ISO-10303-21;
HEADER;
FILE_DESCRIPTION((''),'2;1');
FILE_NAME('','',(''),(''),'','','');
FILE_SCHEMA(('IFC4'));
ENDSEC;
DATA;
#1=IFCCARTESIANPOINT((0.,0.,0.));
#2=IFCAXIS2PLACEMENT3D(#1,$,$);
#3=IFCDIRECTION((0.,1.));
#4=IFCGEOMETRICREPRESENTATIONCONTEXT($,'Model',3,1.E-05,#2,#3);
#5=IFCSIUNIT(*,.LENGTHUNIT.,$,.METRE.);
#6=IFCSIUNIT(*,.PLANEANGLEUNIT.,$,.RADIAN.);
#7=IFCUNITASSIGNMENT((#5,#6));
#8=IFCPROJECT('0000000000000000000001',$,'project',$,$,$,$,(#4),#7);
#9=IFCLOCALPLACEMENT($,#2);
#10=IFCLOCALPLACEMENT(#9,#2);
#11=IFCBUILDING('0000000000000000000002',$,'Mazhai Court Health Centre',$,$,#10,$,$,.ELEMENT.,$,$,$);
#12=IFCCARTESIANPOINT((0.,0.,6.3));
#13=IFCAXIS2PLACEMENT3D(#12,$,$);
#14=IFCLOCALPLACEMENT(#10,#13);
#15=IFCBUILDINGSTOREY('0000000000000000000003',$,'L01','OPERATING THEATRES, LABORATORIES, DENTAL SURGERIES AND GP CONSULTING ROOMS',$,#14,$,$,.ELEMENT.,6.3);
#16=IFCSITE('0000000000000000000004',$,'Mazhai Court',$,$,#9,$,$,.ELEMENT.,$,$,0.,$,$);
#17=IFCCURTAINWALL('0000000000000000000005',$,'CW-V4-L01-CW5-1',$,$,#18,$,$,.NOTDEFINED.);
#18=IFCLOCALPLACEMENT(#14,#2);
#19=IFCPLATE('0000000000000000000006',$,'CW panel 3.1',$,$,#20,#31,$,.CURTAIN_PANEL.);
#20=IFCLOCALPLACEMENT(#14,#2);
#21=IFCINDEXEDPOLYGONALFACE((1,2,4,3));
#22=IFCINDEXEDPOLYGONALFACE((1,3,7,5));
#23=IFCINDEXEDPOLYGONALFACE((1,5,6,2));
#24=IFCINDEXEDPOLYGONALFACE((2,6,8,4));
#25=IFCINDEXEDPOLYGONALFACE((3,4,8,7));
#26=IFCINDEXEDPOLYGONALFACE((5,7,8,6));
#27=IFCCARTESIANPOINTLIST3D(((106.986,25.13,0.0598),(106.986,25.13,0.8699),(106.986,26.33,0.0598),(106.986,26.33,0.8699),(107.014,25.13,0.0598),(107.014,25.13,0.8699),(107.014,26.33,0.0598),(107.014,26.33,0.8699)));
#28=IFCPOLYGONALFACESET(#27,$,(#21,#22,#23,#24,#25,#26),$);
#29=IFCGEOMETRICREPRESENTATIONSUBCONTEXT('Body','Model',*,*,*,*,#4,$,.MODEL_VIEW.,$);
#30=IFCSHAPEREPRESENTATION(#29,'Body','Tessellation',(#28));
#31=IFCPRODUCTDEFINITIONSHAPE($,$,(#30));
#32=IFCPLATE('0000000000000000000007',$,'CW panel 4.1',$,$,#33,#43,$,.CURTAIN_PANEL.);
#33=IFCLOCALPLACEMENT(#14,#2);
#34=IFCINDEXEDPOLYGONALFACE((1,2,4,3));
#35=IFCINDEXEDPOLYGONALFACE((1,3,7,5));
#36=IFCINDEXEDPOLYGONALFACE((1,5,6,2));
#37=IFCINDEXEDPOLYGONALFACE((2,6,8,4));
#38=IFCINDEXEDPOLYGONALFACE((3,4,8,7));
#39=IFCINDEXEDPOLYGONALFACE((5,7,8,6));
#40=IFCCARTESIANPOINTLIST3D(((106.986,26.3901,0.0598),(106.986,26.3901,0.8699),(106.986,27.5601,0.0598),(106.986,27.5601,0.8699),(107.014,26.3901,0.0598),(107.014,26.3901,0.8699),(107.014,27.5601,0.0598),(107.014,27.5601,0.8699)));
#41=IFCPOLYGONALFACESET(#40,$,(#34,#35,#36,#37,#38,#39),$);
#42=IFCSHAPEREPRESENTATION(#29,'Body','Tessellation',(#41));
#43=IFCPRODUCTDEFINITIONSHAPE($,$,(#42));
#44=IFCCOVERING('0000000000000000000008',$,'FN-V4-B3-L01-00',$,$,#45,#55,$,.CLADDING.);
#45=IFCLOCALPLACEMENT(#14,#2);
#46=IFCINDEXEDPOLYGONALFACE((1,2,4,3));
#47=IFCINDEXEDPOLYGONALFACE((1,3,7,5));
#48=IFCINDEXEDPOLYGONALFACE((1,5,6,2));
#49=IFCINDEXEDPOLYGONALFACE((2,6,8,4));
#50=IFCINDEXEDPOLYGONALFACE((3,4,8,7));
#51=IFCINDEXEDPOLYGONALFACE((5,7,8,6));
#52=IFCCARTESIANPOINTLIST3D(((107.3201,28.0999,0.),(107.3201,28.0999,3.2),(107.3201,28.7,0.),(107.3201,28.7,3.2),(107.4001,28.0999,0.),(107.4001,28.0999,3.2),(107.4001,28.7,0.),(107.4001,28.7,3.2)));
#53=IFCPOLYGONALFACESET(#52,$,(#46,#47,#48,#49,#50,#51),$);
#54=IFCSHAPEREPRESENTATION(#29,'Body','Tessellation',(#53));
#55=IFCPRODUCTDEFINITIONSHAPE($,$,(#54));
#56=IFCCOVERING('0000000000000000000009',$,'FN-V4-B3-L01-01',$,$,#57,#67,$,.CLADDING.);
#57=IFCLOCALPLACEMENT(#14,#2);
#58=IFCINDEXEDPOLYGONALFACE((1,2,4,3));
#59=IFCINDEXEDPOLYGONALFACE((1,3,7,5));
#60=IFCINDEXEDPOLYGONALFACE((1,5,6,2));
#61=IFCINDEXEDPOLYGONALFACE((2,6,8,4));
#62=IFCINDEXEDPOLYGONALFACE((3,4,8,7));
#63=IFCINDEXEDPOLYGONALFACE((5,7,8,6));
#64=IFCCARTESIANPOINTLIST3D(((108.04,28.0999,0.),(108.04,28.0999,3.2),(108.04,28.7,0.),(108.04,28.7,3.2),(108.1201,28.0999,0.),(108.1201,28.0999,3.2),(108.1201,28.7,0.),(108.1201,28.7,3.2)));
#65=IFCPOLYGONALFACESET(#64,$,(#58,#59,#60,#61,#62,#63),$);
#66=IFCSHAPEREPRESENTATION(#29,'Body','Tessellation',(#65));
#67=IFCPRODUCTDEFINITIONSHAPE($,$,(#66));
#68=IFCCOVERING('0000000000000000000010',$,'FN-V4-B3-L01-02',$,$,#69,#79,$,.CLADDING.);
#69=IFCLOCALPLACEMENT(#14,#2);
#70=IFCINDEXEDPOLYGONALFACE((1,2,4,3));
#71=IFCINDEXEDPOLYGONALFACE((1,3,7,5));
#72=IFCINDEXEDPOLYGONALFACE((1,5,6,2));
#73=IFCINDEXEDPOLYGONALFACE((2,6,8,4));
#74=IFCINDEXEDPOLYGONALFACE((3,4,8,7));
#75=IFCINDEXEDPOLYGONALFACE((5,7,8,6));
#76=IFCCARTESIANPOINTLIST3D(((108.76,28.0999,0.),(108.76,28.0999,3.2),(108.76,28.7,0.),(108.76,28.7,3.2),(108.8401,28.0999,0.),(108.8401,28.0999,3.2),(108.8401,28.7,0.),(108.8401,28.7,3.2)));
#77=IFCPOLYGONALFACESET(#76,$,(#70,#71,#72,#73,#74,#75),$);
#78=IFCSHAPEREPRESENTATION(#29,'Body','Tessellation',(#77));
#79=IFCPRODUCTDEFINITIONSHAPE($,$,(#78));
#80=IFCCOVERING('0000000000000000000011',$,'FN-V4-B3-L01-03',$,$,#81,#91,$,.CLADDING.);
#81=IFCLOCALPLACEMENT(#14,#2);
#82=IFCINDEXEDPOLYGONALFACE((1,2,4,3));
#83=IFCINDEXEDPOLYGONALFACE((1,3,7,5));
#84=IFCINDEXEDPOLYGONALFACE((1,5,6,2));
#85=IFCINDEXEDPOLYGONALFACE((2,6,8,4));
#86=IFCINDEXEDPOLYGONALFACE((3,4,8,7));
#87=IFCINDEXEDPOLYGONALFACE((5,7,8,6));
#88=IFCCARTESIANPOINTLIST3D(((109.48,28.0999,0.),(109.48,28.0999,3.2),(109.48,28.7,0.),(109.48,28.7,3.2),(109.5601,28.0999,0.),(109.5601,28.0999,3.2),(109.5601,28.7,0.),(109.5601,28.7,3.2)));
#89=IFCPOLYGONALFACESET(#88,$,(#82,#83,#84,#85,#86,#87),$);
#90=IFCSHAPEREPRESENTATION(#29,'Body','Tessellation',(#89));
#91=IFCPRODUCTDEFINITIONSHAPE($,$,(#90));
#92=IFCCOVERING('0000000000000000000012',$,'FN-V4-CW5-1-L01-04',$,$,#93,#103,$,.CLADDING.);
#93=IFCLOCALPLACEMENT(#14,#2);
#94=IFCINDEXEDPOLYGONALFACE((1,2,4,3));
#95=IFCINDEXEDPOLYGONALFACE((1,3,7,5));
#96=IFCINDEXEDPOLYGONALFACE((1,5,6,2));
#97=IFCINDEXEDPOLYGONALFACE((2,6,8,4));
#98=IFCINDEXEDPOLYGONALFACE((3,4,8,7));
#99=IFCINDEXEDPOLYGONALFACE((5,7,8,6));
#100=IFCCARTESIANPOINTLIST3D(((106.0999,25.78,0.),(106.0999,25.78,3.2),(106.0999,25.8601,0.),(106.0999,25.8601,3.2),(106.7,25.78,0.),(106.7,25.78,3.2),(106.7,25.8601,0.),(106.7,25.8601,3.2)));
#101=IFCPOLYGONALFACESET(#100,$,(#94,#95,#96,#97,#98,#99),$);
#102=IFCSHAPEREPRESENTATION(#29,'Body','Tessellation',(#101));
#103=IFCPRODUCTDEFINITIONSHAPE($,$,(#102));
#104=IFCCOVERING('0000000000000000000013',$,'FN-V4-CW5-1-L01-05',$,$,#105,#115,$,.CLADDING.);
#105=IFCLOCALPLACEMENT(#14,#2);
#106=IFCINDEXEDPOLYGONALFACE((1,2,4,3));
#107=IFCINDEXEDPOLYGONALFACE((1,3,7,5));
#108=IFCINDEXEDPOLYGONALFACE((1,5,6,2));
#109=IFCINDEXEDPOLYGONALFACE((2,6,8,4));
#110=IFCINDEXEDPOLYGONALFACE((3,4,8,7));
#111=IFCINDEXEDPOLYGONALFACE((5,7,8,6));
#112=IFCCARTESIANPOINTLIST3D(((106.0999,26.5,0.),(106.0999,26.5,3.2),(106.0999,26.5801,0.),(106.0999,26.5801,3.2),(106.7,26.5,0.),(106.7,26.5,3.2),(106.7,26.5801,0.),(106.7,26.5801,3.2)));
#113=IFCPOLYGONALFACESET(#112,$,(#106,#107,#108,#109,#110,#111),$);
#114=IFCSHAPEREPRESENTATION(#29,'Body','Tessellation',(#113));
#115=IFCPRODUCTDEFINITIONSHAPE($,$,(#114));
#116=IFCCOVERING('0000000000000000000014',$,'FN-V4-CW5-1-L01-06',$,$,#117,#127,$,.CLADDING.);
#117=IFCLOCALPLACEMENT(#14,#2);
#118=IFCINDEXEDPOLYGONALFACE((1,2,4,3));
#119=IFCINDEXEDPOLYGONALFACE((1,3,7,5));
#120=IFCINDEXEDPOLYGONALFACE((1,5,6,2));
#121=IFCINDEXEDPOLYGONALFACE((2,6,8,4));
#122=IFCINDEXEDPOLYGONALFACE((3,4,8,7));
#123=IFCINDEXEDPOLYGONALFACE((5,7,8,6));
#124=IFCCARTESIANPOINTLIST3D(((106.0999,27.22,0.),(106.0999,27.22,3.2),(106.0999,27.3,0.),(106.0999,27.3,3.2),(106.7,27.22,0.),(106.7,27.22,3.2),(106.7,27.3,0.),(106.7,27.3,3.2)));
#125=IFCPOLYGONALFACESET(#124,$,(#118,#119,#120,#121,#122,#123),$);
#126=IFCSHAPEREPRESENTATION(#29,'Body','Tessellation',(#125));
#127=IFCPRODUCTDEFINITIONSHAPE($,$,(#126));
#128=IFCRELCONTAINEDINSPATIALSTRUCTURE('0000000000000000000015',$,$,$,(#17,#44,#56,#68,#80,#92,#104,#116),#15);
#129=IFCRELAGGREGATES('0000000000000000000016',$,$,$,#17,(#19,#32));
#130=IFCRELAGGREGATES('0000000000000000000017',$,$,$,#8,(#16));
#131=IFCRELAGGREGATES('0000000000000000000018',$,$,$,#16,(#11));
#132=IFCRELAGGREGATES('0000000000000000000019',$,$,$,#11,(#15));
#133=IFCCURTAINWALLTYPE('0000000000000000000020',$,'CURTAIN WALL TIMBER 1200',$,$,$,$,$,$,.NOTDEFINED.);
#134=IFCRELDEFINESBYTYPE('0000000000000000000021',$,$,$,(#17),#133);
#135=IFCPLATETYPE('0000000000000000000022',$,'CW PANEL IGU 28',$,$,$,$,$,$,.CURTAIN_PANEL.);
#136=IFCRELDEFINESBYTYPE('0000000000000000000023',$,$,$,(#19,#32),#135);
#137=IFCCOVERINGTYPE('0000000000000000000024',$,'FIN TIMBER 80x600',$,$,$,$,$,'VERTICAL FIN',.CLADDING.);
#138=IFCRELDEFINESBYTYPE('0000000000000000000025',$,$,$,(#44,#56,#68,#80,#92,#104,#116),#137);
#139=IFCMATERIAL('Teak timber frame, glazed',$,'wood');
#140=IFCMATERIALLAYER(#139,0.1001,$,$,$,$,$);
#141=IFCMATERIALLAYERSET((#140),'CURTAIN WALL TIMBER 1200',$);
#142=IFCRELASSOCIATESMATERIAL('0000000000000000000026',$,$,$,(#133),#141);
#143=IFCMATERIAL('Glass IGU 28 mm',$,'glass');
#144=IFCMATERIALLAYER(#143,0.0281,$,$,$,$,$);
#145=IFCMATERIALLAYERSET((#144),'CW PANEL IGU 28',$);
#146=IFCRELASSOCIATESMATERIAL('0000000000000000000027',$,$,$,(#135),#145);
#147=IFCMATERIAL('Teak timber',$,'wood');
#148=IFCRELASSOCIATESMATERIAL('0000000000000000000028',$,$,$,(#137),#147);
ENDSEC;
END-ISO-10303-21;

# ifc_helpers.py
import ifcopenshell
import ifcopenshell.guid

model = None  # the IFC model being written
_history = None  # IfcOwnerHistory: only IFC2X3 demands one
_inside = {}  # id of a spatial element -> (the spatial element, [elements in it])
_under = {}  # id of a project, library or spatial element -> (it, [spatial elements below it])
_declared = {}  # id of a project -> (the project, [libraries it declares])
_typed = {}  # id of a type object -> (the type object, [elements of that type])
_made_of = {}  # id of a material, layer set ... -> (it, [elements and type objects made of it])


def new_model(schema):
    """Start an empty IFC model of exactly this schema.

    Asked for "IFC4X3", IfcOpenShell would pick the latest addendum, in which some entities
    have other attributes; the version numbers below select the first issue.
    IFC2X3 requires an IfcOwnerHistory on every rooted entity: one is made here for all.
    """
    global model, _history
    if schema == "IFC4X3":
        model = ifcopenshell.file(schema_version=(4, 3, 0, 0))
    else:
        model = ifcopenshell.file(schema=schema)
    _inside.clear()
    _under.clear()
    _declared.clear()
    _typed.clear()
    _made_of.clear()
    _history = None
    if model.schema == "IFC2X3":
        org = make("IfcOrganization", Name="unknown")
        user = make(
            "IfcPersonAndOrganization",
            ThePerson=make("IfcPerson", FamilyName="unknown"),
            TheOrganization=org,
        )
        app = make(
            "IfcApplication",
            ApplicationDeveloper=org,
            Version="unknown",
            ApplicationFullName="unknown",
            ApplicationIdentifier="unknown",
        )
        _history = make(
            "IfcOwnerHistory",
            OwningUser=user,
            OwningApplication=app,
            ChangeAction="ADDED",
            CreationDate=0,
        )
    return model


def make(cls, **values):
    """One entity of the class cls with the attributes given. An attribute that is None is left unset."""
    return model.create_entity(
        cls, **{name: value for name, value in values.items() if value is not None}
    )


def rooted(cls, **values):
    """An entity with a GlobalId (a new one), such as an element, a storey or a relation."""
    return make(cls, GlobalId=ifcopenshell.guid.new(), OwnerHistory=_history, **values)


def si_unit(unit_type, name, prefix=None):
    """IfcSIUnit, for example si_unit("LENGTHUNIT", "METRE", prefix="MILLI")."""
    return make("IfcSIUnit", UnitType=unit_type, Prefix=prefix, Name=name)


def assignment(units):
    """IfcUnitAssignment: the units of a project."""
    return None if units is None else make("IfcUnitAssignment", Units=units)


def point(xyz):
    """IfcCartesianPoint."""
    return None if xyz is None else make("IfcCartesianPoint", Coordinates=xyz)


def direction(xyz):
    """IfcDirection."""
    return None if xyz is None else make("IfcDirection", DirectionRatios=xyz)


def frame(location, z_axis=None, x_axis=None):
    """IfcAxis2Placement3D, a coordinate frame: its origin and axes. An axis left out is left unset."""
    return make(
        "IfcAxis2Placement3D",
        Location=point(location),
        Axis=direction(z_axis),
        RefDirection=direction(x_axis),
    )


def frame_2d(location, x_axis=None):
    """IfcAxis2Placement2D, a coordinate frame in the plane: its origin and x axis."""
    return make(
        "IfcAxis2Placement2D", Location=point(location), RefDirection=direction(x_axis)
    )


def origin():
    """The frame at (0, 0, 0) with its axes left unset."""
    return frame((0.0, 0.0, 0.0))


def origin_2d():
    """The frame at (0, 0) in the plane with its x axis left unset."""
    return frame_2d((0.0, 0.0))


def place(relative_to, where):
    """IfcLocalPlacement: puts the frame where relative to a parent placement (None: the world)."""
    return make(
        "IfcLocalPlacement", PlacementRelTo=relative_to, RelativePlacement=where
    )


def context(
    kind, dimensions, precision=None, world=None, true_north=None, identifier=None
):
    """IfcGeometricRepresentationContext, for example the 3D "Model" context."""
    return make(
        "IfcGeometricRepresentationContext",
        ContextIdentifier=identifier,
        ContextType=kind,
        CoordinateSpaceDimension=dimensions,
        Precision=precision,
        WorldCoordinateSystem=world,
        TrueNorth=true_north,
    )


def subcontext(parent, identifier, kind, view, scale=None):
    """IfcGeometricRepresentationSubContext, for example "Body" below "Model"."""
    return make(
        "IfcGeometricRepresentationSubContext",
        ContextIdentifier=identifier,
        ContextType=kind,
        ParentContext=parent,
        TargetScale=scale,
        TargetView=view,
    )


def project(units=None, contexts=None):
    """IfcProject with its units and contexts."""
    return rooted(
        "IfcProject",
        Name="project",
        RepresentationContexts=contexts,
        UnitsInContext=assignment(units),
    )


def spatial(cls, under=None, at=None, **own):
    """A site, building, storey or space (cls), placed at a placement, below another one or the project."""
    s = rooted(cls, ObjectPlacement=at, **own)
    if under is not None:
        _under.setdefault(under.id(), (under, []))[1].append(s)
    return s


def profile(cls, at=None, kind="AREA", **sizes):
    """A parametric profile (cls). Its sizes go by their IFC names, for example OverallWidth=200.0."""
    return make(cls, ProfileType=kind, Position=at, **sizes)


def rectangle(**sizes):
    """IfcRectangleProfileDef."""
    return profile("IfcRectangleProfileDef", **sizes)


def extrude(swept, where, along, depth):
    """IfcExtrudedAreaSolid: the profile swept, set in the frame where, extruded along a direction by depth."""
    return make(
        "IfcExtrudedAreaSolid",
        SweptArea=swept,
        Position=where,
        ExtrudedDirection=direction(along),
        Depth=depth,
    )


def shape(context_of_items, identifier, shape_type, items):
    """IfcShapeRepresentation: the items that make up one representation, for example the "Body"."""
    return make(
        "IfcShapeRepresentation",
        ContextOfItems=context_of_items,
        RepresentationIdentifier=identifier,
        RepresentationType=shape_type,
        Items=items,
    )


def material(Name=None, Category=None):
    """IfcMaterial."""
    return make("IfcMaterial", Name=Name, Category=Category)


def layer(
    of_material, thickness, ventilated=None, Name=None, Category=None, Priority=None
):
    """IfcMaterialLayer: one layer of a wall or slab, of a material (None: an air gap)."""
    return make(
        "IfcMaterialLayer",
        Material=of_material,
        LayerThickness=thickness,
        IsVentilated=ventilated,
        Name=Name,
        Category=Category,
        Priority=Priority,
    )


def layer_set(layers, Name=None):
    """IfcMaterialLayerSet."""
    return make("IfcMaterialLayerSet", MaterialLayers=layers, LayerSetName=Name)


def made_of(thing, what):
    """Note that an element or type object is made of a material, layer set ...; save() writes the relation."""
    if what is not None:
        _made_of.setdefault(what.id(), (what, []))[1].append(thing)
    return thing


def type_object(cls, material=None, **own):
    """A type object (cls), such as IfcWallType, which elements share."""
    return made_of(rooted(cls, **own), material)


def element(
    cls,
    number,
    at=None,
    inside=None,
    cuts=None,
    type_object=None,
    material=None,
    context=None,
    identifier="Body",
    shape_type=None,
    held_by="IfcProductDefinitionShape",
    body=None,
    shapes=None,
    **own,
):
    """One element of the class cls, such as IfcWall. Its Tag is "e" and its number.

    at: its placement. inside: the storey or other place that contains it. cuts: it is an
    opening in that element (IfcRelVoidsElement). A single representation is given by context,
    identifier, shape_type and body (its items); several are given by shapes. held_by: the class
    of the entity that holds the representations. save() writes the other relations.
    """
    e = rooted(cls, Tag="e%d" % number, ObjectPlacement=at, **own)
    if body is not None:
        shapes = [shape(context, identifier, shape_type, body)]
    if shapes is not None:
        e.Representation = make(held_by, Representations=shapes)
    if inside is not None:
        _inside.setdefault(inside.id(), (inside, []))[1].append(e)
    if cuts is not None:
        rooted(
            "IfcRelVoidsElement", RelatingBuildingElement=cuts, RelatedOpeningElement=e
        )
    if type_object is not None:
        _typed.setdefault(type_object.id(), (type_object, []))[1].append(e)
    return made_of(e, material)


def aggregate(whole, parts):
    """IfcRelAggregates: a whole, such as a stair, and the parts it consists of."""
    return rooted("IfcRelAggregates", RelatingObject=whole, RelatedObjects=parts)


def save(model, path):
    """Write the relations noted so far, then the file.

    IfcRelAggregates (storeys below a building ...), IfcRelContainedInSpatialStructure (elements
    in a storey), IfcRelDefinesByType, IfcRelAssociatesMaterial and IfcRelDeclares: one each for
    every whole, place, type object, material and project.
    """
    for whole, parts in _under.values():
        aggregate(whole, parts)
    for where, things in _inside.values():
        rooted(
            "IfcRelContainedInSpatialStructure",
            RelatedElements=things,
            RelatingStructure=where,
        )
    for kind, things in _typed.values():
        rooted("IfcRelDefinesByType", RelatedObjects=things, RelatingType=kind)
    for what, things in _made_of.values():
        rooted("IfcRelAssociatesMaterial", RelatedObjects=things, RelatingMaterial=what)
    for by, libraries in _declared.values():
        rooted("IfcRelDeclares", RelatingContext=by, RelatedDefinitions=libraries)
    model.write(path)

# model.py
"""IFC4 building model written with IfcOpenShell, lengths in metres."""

from ifc_helpers import new_model, si_unit, direction, frame, origin, origin_2d, place, context, subcontext, project, spatial, rectangle, extrude, material, layer, layer_set, type_object, element, aggregate, save


model = new_model("IFC4")

# Units and contexts
model_context = context("Model", 3, precision=1e-05, world=origin(), true_north=direction((0.0, 1.0)))
body_context = subcontext(model_context, "Body", "Model", "MODEL_VIEW")
ifc_project = project(units=[si_unit("LENGTHUNIT", "METRE"), si_unit("PLANEANGLEUNIT", "RADIAN")], contexts=[model_context])

# Site, building, storey
site_placement = place(None, origin())
site = spatial("IfcSite", under=ifc_project, at=site_placement, Name="Mazhai Court", CompositionType="ELEMENT", RefElevation=0.0)
building_placement = place(site_placement, origin())
building = spatial("IfcBuilding", under=site, at=building_placement, Name="Mazhai Court Health Centre", CompositionType="ELEMENT")
storey_placement = place(building_placement, frame((0.0, 0.0, 6.3)))
storey = spatial("IfcBuildingStorey", under=building, at=storey_placement, Name="L01", Description="OPERATING THEATRES, LABORATORIES, DENTAL SURGERIES AND GP CONSULTING ROOMS", CompositionType="ELEMENT", Elevation=6.3)

# Curtain wall
ifc_material_1 = material(Name="Teak timber frame, glazed", Category="wood")
ifc_layer_1 = layer(ifc_material_1, 0.1001)
ifc_layer_set_1 = layer_set([ifc_layer_1], Name="CURTAIN WALL TIMBER 1200")
curtain_wall_type = type_object("IfcCurtainWallType", Name="CURTAIN WALL TIMBER 1200", PredefinedType="NOTDEFINED", material=ifc_layer_set_1)
curtain_wall_1_placement = place(storey_placement, origin())
curtain_wall_1 = element("IfcCurtainWall", 1, at=curtain_wall_1_placement, inside=storey, type_object=curtain_wall_type, Name="CW-V4-L01-CW5-1", PredefinedType="NOTDEFINED")

# Plates
ifc_material_2 = material(Name="Glass IGU 28 mm", Category="glass")
ifc_layer_2 = layer(ifc_material_2, 0.0281)
ifc_layer_set_2 = layer_set([ifc_layer_2], Name="CW PANEL IGU 28")
plate_type = type_object("IfcPlateType", Name="CW PANEL IGU 28", PredefinedType="CURTAIN_PANEL", material=ifc_layer_set_2)
plate_1_placement = place(storey_placement, frame((107.0, 25.73, 0.0598), z_axis=(0.0, 0.0, 1.0), x_axis=(0.0, 1.0, 0.0)))
plate_1 = element("IfcPlate", 2, at=plate_1_placement, type_object=plate_type, Name="CW panel 3.1", PredefinedType="CURTAIN_PANEL", context=body_context, shape_type="SweptSolid", body=[
    extrude(rectangle(XDim=1.2, YDim=0.0281, at=origin_2d()), origin(), (0.0, 0.0, 1.0), 0.8101),
])
plate_2_placement = place(storey_placement, frame((107.0, 26.9751, 0.0598), z_axis=(0.0, 0.0, 1.0), x_axis=(0.0, 1.0, 0.0)))
plate_2 = element("IfcPlate", 3, at=plate_2_placement, type_object=plate_type, Name="CW panel 4.1", PredefinedType="CURTAIN_PANEL", context=body_context, shape_type="SweptSolid", body=[
    extrude(rectangle(XDim=1.1699, YDim=0.0281, at=origin_2d()), origin(), (0.0, 0.0, 1.0), 0.8101),
])
aggregate(curtain_wall_1, [plate_1, plate_2])

# Coverings
ifc_material_3 = material(Name="Teak timber", Category="wood")
covering_type = type_object("IfcCoveringType", Name="FIN TIMBER 80x600", ElementType="VERTICAL FIN", PredefinedType="CLADDING", material=ifc_material_3)
for number, where, z_axis, x_axis, name in (
    (4, (107.3601, 28.3999, 0.0), (0.0, 0.0, 1.0), (1.0, 0.0, 0.0), "FN-V4-B3-L01-00"),
    (5, (108.0801, 28.3999, 0.0), (0.0, 0.0, 1.0), (1.0, 0.0, 0.0), "FN-V4-B3-L01-01"),
    (6, (108.8, 28.3999, 0.0), (0.0, 0.0, 1.0), (1.0, 0.0, 0.0), "FN-V4-B3-L01-02"),
    (7, (109.52, 28.3999, 0.0), (0.0, 0.0, 1.0), (1.0, 0.0, 0.0), "FN-V4-B3-L01-03"),
    (8, (106.3999, 25.8201, 0.0), (0.0, 0.0, 1.0), (0.0, 1.0, 0.0), "FN-V4-CW5-1-L01-04"),
    (9, (106.3999, 26.54, 0.0), (0.0, 0.0, 1.0), (0.0, 1.0, 0.0), "FN-V4-CW5-1-L01-05"),
    (10, (106.3999, 27.26, 0.0), (0.0, 0.0, 1.0), (0.0, 1.0, 0.0), "FN-V4-CW5-1-L01-06"),
):
    element("IfcCovering", number, at=place(storey_placement, frame(where, z_axis=z_axis, x_axis=x_axis)), inside=storey, type_object=covering_type, Name=name, PredefinedType="CLADDING", context=body_context, shape_type="SweptSolid", body=[
        extrude(rectangle(XDim=0.0801, YDim=0.6001, at=origin_2d()), origin(), (0.0, 0.0, 1.0), 3.2),
    ])

save(model, "model.ifc")
